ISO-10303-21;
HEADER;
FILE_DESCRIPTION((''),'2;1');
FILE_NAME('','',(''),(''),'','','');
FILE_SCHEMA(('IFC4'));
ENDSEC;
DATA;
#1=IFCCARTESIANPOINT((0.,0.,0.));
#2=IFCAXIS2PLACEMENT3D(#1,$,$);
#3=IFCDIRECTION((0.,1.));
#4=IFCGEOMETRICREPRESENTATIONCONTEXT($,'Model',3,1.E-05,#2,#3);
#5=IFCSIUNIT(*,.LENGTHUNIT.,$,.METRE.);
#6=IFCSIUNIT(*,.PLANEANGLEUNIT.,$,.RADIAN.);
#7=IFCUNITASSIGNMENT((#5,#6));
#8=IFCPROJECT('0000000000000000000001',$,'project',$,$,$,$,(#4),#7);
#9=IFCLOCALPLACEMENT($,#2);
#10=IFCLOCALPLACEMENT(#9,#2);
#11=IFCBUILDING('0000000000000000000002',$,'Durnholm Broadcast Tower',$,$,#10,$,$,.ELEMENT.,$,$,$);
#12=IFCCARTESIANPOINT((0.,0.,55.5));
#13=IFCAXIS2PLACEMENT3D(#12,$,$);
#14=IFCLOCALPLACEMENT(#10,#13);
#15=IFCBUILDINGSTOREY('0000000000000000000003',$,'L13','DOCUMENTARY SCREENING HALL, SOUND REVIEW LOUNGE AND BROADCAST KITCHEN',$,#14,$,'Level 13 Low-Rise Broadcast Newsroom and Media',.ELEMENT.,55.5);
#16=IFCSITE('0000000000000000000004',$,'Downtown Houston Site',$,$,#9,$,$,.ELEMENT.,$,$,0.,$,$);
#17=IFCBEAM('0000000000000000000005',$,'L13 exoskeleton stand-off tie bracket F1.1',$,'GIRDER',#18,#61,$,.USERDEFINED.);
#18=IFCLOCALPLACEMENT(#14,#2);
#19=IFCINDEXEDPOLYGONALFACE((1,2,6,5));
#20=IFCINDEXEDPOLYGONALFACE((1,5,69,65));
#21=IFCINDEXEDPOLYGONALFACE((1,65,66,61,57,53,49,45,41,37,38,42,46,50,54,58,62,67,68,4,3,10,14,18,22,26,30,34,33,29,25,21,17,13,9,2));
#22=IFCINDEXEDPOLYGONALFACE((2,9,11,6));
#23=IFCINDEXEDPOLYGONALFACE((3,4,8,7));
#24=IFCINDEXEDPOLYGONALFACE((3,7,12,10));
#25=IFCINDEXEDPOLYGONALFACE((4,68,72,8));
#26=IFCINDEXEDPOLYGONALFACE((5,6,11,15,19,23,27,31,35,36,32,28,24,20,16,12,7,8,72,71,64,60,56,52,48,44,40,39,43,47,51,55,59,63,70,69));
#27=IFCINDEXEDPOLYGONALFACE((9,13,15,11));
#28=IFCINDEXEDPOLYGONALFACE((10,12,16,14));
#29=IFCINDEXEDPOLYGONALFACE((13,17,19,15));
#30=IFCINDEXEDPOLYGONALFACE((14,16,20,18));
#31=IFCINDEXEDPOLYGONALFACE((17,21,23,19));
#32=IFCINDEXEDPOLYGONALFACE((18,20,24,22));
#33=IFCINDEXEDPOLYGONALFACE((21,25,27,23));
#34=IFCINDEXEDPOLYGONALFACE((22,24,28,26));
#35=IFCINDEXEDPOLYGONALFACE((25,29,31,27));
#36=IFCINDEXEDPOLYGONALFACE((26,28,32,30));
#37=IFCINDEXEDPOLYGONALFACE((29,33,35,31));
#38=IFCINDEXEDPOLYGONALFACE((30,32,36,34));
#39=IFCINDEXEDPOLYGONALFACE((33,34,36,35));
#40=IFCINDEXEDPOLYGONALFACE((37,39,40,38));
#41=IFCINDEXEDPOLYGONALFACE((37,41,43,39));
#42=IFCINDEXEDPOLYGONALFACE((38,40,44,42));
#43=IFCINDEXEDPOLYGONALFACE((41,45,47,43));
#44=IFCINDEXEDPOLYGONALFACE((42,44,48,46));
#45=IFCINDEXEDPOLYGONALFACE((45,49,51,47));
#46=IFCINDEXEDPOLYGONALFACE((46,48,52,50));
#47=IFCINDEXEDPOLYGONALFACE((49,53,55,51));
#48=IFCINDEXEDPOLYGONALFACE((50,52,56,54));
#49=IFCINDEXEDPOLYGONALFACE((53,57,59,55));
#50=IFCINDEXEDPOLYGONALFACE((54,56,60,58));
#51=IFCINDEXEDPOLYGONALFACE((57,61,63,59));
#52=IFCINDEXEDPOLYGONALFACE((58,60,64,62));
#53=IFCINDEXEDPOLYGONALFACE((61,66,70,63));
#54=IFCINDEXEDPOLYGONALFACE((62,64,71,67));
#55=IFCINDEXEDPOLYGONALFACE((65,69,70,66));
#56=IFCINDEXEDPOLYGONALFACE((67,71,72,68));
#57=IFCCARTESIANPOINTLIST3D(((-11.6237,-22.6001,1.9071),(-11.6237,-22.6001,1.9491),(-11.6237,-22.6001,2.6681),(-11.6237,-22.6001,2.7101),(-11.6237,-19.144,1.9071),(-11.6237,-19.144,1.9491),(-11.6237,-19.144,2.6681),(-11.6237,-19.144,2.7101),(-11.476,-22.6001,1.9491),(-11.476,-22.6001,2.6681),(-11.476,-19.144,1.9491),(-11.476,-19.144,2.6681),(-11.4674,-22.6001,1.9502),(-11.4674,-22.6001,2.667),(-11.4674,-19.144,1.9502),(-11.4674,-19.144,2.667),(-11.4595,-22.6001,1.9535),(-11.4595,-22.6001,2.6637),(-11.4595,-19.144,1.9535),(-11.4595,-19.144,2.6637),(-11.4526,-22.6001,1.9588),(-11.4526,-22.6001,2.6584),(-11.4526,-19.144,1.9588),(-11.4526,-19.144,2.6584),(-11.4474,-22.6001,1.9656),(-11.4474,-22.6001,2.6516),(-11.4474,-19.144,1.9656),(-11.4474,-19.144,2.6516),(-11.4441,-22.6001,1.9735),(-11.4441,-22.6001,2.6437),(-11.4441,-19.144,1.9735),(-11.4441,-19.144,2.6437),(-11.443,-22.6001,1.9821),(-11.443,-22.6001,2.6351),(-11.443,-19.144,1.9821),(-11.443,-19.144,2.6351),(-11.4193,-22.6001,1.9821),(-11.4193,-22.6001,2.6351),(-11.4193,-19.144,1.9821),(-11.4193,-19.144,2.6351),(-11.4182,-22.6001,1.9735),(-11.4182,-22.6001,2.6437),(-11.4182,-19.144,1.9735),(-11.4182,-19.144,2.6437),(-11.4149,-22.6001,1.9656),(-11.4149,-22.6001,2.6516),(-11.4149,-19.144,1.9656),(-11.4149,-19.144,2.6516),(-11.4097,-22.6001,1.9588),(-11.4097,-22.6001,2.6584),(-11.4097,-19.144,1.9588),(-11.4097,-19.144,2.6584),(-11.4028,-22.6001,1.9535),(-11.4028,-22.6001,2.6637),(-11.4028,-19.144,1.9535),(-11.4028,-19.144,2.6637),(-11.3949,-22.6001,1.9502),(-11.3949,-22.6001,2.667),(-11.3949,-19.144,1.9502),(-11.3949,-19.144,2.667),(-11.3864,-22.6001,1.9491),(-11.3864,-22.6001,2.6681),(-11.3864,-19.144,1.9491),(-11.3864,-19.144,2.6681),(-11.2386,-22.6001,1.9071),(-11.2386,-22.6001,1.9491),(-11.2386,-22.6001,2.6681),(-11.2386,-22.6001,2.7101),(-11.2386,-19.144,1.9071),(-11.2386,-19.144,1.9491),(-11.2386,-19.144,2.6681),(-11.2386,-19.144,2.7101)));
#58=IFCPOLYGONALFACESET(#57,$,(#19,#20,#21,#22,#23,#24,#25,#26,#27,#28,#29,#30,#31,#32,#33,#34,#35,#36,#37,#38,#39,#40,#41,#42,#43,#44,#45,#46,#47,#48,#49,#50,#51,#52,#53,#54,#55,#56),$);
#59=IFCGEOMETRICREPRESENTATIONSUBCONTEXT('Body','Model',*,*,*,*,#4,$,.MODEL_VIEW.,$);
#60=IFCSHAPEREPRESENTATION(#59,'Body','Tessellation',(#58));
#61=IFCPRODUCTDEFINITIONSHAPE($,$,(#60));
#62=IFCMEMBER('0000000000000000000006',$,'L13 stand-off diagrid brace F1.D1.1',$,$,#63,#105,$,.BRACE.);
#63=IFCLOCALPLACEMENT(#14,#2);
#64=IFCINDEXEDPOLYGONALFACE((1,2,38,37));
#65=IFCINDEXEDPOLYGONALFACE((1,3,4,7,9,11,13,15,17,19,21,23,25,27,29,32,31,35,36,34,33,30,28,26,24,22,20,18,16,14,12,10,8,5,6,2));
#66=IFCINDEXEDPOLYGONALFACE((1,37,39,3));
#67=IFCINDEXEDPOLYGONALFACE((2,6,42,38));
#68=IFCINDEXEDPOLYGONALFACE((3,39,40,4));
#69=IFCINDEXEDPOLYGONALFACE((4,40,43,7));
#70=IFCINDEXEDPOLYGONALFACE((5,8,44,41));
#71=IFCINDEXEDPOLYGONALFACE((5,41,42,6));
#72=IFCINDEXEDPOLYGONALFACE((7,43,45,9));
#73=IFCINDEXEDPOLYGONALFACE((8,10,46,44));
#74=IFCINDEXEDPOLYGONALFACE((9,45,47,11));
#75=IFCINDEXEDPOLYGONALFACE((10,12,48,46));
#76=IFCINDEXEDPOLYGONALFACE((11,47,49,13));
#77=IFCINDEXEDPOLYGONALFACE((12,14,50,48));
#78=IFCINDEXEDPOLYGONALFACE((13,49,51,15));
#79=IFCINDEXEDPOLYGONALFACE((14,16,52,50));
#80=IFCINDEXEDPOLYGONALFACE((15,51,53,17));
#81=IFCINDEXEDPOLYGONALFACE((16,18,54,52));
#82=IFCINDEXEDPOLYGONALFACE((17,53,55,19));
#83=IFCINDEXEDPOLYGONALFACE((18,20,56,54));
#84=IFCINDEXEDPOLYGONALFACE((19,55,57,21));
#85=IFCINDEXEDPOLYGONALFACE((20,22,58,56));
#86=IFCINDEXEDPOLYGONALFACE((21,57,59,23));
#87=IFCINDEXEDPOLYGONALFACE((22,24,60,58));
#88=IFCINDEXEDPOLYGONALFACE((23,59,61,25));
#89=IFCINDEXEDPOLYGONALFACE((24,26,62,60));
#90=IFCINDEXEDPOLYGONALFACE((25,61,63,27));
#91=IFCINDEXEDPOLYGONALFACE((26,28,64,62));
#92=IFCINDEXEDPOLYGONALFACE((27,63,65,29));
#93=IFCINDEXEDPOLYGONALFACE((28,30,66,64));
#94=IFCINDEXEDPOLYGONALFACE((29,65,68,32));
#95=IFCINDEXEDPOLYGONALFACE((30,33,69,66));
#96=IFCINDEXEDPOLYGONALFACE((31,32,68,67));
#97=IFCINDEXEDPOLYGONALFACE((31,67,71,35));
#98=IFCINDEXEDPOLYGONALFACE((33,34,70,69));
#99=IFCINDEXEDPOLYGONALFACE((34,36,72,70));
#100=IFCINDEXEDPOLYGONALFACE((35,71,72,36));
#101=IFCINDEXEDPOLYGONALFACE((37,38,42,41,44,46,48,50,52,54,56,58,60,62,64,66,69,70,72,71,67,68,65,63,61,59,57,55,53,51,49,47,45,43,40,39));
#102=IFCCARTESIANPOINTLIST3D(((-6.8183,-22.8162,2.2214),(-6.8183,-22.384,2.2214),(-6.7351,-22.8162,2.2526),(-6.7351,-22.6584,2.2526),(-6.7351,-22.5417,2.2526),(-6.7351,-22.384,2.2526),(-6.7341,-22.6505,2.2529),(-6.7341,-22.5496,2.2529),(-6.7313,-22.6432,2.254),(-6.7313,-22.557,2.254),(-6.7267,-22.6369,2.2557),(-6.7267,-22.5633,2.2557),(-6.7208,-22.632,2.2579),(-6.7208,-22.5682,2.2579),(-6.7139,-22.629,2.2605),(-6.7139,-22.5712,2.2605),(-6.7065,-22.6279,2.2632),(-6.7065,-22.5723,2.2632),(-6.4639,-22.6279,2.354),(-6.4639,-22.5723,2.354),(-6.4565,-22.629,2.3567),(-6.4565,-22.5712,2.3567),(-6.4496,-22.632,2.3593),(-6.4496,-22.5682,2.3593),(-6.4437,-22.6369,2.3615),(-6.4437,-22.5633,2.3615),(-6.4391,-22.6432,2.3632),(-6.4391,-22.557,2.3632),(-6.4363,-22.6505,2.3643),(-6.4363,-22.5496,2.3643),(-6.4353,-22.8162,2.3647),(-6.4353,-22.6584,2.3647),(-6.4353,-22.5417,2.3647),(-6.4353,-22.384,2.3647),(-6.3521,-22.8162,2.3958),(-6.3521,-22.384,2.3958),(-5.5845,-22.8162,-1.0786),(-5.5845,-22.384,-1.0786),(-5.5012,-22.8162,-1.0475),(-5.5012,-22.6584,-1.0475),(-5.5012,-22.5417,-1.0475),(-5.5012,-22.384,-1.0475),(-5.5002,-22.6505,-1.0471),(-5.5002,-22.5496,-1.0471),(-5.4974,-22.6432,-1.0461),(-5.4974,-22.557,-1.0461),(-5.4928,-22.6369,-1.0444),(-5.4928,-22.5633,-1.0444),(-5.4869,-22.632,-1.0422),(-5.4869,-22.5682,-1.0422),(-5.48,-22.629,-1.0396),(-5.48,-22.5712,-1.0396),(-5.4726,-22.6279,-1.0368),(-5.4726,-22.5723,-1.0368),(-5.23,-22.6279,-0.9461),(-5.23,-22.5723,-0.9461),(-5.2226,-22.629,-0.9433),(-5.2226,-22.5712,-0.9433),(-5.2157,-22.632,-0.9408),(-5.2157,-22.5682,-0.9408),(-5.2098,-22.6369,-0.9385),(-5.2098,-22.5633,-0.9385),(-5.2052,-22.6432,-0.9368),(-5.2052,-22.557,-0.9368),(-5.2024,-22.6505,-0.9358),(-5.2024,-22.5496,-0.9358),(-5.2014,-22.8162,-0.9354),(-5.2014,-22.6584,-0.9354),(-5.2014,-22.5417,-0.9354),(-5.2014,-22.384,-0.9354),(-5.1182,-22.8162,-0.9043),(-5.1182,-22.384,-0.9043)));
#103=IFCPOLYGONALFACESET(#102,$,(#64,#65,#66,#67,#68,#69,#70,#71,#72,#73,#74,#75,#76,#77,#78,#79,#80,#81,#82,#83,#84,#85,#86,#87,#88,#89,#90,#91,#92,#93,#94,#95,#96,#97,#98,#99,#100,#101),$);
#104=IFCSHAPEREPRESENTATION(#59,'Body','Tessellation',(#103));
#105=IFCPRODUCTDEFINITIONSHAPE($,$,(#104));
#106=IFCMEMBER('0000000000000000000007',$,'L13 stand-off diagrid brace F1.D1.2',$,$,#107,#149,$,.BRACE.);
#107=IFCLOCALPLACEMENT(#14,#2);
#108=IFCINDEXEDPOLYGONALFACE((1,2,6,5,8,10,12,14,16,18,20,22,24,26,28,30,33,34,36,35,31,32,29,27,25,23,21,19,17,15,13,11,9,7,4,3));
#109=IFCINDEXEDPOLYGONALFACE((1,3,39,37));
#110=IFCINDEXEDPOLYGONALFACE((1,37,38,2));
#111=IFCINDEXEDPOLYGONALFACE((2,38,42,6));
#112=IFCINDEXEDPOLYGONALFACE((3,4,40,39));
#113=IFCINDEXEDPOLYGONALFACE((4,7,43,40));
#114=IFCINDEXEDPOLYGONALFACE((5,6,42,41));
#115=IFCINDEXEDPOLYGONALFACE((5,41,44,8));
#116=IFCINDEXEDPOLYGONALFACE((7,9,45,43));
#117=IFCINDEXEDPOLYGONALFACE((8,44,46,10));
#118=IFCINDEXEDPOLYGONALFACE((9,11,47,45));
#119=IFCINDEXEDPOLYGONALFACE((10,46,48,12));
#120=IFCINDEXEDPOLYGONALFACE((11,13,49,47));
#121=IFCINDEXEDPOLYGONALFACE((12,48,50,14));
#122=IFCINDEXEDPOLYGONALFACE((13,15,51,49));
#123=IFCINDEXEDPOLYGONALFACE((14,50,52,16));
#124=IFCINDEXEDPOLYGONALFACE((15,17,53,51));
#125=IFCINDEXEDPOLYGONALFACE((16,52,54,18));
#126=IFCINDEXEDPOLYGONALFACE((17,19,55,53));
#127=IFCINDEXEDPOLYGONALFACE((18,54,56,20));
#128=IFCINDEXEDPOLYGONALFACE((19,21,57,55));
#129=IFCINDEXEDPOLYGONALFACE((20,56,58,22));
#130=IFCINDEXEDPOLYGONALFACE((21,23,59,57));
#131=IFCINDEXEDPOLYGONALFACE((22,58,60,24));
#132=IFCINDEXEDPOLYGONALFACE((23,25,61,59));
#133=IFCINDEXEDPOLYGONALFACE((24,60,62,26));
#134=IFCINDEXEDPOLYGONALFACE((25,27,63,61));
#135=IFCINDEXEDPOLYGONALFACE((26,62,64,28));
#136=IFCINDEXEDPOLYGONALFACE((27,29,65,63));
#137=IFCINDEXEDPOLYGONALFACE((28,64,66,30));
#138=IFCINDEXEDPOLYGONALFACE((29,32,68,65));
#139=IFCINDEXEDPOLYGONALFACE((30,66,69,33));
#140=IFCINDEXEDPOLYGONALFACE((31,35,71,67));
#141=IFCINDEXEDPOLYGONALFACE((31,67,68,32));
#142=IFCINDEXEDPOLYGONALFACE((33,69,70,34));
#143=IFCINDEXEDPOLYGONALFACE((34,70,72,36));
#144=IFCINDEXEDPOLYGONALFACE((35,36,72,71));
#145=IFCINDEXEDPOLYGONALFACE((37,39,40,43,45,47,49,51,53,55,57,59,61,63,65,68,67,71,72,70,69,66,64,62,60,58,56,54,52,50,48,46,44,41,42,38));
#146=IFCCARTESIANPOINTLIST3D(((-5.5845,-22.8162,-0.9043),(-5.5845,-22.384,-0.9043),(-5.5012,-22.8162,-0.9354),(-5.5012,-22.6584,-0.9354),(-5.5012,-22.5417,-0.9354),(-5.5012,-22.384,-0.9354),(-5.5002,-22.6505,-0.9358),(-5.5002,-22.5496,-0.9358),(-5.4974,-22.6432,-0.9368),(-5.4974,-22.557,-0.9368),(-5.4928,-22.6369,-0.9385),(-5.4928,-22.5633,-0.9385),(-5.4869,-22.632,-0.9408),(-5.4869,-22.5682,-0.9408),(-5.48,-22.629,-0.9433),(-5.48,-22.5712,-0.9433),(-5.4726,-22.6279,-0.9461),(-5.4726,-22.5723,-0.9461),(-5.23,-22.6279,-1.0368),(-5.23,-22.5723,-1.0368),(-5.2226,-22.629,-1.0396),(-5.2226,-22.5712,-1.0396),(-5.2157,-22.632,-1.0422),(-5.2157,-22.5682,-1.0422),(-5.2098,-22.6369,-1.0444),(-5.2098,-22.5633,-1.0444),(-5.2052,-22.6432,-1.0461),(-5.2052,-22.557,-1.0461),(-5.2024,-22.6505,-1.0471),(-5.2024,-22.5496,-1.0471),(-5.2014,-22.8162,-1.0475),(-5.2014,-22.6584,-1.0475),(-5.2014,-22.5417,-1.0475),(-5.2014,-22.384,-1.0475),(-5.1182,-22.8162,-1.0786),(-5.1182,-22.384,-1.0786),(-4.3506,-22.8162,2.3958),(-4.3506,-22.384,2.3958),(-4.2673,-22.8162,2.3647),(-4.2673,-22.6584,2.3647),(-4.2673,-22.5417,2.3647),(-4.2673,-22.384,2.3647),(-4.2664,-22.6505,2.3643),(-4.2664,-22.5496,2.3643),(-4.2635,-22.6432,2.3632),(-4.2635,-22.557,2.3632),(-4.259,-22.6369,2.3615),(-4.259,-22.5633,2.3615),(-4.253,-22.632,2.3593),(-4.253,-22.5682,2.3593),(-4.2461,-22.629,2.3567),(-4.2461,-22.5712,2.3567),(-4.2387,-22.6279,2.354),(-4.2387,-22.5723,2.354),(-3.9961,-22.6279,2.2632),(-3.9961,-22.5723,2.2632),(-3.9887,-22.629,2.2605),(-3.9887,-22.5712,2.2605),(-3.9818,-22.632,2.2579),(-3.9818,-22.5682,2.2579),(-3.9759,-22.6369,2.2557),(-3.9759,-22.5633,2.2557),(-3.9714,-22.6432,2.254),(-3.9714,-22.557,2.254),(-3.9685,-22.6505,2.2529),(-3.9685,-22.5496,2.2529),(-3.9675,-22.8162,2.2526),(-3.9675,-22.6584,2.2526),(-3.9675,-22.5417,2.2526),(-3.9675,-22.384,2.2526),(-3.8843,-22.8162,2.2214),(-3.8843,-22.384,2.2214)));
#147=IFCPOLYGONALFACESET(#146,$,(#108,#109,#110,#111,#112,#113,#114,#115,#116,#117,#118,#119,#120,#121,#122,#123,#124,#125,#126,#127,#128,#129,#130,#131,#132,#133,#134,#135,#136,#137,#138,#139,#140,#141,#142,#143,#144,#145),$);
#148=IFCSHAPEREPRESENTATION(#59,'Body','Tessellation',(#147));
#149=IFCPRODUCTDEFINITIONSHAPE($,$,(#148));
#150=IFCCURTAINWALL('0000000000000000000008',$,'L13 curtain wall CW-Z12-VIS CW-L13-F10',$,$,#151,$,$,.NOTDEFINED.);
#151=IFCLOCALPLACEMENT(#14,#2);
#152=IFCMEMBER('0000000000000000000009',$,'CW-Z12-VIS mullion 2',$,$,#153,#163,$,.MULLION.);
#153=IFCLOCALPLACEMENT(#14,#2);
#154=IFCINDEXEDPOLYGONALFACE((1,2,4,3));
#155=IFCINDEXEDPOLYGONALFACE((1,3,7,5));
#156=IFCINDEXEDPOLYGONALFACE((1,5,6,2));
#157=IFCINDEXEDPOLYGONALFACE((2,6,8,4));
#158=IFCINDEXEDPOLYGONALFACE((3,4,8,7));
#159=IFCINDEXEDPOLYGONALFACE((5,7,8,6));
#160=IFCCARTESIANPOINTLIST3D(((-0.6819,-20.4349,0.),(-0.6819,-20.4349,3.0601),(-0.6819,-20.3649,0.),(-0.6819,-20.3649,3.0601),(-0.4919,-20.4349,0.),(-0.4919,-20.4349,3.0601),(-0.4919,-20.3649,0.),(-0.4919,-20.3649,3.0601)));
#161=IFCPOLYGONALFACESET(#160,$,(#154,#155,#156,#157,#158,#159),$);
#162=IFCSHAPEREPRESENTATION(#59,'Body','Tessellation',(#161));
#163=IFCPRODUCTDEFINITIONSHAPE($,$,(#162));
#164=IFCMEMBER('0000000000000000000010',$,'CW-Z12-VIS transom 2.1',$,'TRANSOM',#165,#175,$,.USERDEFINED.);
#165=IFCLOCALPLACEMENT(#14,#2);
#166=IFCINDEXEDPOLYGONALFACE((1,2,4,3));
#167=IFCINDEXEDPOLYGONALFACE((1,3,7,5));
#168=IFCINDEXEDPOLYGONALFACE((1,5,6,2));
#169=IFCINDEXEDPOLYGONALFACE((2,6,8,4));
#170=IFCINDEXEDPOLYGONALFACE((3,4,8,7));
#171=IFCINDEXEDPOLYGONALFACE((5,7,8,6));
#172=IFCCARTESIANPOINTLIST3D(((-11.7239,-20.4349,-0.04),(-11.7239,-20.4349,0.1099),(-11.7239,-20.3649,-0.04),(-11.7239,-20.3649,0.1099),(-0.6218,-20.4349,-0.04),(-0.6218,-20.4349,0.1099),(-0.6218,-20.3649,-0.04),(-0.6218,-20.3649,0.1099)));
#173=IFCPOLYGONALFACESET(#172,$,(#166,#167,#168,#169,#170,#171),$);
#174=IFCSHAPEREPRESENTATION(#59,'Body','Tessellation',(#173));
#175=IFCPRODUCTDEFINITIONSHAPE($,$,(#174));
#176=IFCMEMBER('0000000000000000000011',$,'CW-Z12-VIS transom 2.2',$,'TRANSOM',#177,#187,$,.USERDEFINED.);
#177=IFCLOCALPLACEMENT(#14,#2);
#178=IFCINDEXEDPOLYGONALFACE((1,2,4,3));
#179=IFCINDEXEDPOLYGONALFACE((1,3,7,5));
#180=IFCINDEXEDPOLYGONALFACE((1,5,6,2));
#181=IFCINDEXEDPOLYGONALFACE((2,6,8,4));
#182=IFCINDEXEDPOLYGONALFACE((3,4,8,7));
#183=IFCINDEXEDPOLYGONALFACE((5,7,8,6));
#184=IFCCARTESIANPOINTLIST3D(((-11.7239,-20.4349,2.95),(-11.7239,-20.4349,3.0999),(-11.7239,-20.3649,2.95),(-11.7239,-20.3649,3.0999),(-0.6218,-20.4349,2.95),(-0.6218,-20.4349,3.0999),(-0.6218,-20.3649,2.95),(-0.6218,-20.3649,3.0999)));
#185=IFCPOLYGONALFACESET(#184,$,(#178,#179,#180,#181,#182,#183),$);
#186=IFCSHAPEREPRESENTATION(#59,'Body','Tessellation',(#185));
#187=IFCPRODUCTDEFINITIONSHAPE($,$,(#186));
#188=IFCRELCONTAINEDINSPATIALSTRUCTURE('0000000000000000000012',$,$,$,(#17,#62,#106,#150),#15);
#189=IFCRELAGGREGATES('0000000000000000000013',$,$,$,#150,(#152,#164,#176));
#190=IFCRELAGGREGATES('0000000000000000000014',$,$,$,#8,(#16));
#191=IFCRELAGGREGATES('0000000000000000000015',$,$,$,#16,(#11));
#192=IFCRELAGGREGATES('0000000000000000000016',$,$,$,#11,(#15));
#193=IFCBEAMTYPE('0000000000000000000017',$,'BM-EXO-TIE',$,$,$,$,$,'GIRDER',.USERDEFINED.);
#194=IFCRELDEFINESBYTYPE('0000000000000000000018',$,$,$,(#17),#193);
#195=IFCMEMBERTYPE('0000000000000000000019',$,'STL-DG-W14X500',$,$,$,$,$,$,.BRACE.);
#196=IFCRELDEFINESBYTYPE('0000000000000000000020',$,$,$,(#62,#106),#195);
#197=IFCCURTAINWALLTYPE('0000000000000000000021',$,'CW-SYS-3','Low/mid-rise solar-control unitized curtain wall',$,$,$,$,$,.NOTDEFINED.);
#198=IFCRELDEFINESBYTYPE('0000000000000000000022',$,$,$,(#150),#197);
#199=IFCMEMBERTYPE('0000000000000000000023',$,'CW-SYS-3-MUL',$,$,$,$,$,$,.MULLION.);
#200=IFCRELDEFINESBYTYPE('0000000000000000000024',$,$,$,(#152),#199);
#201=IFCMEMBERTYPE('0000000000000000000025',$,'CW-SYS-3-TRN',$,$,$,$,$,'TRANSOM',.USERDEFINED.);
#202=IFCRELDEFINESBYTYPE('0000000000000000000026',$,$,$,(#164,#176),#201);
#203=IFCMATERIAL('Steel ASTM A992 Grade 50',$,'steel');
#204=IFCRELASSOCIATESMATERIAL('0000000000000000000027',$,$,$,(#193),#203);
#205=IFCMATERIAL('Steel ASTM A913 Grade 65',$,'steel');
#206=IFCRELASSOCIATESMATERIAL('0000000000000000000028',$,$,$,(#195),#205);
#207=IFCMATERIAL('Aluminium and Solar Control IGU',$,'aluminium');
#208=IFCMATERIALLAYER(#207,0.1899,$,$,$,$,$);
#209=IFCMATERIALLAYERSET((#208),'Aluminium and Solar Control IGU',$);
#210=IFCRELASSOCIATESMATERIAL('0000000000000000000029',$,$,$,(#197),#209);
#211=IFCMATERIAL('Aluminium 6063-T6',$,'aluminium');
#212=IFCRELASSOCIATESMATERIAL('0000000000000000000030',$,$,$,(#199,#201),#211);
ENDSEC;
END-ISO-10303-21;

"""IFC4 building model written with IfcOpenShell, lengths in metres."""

from ifc_helpers import new_model, si_unit, direction, frame, origin, origin_2d, place, context, subcontext, project, spatial, rectangle, i_section, extrude, source, transform, mapped, material, layer, layer_set, material_profile, profile_set, type_object, type_shapes, element, aggregate, save


model = new_model("IFC4")

# Units and contexts
model_context = context("Model", 3, precision=1e-05, world=origin(), true_north=direction((0.0, 1.0)))
body_context = subcontext(model_context, "Body", "Model", "MODEL_VIEW")
ifc_project = project(units=[si_unit("LENGTHUNIT", "METRE"), si_unit("PLANEANGLEUNIT", "RADIAN")], contexts=[model_context])

# Site, building, storey
site_placement = place(None, origin())
site = spatial("IfcSite", under=ifc_project, at=site_placement, Name="Downtown Houston Site", CompositionType="ELEMENT", RefElevation=0.0)
building_placement = place(site_placement, origin())
building = spatial("IfcBuilding", under=site, at=building_placement, Name="Durnholm Broadcast Tower", CompositionType="ELEMENT")
storey_placement = place(building_placement, frame((0.0, 0.0, 55.5)))
storey = spatial("IfcBuildingStorey", under=building, at=storey_placement, Name="L13", Description="DOCUMENTARY SCREENING HALL, SOUND REVIEW LOUNGE AND BROADCAST KITCHEN", LongName="Level 13 Low-Rise Broadcast Newsroom and Media", CompositionType="ELEMENT", Elevation=55.5)

# Beam
ifc_material_1 = material(Name="Steel ASTM A992 Grade 50", Category="steel")
ifc_material_profile_1 = material_profile(ifc_material_1, i_section(OverallWidth=0.385, OverallDepth=0.803, WebThickness=0.0237, FlangeThickness=0.042, FilletRadius=0.033, at=origin_2d()), Name="W30X261")
ifc_profile_set_1 = profile_set([ifc_material_profile_1], Name="Steel ASTM A992 Grade 50")
beam_type_1 = type_object("IfcBeamType", Name="BM-EXO-TIE", ElementType="GIRDER", PredefinedType="USERDEFINED", material=ifc_profile_set_1)
shared_shape_1 = source(origin(), body_context, "Body", "SweptSolid", [
    extrude(i_section(OverallWidth=0.385, OverallDepth=0.803, WebThickness=0.0237, FlangeThickness=0.042, FilletRadius=0.033, at=origin_2d()), origin(), (0.0, 0.0, 1.0), 3.4561),
])
type_shapes(beam_type_1, [shared_shape_1])
beam_1_placement = place(storey_placement, frame((-11.4312, -19.144, 2.3086), z_axis=(0.0, -1.0, 0.0), x_axis=(1.0, 0.0, 0.0)))
element("IfcBeam", 1, at=beam_1_placement, inside=storey, type_object=beam_type_1, Name="L13 exoskeleton stand-off tie bracket F1.1", ObjectType="GIRDER", PredefinedType="USERDEFINED", context=body_context, shape_type="MappedRepresentation", body=[
    mapped(shared_shape_1, transform((0.0, 0.0, 0.0), x_axis=(1.0, 0.0, 0.0), y_axis=(0.0, 1.0, 0.0), z_axis=(0.0, 0.0, 1.0), scale=1.0)),
])

# Members
ifc_material_2 = material(Name="Steel ASTM A913 Grade 65", Category="steel")
ifc_material_profile_2 = material_profile(ifc_material_2, i_section(OverallWidth=0.4321, OverallDepth=0.4978, WebThickness=0.0557, FlangeThickness=0.0889, FilletRadius=0.0305, at=origin_2d()), Name="W14X500")
ifc_profile_set_2 = profile_set([ifc_material_profile_2], Name="Steel ASTM A913 Grade 65")
member_type_1 = type_object("IfcMemberType", Name="STL-DG-W14X500", PredefinedType="BRACE", material=ifc_profile_set_2)
shared_shape_2 = source(origin(), body_context, "Body", "SweptSolid", [
    extrude(i_section(OverallWidth=0.4321, OverallDepth=0.4978, WebThickness=0.0557, FlangeThickness=0.0889, FilletRadius=0.0305, at=origin_2d()), origin(), (0.0, 0.0, 1.0), 3.5232),
])
type_shapes(member_type_1, [shared_shape_2])
for number, where, z_axis, x_axis, name in (
    (2, (-5.3513, -22.6001, -0.9915), (-0.35022, 0.0, 0.936668), (0.0, -1.0, 0.0), "L13 stand-off diagrid brace F1.D1.1"),
    (3, (-5.3513, -22.6001, -0.9915), (0.35022, 0.0, 0.936668), (0.0, 1.0, 0.0), "L13 stand-off diagrid brace F1.D1.2"),
):
    element("IfcMember", number, at=place(storey_placement, frame(where, z_axis=z_axis, x_axis=x_axis)), inside=storey, type_object=member_type_1, Name=name, PredefinedType="BRACE", context=body_context, shape_type="MappedRepresentation", body=[
        mapped(shared_shape_2, transform((0.0, 0.0, 0.0), x_axis=(1.0, 0.0, 0.0), y_axis=(0.0, 1.0, 0.0), z_axis=(0.0, 0.0, 1.0), scale=1.0)),
    ])

# Curtain wall, members
ifc_material_3 = material(Name="Aluminium and Solar Control IGU", Category="aluminium")
ifc_layer_1 = layer(ifc_material_3, 0.1899)
ifc_layer_set_1 = layer_set([ifc_layer_1], Name="Aluminium and Solar Control IGU")
curtain_wall_type = type_object("IfcCurtainWallType", Name="CW-SYS-3", Description="Low/mid-rise solar-control unitized curtain wall", PredefinedType="NOTDEFINED", material=ifc_layer_set_1)
curtain_wall_placement = place(storey_placement, origin())
curtain_wall = element("IfcCurtainWall", 4, at=curtain_wall_placement, inside=storey, type_object=curtain_wall_type, Name="L13 curtain wall CW-Z12-VIS CW-L13-F10", PredefinedType="NOTDEFINED")
ifc_material_4 = material(Name="Aluminium 6063-T6", Category="aluminium")
ifc_material_profile_3 = material_profile(ifc_material_4, rectangle(XDim=0.0701, YDim=0.1899, at=origin_2d()), Name="CWM70X190")
ifc_profile_set_3 = profile_set([ifc_material_profile_3], Name="Aluminium 6063-T6")
member_type_2 = type_object("IfcMemberType", Name="CW-SYS-3-MUL", PredefinedType="MULLION", material=ifc_profile_set_3)
shared_shape_3 = source(origin(), body_context, "Body", "SweptSolid", [
    extrude(rectangle(XDim=0.0701, YDim=0.1899, at=origin_2d()), origin(), (0.0, 0.0, 1.0), 3.0601),
])
type_shapes(member_type_2, [shared_shape_3])
member_1_placement = place(storey_placement, frame((-0.5869, -20.3999, 0.0), z_axis=(0.0, 0.0, 1.0), x_axis=(0.0, -1.0, 0.0)))
member_1 = element("IfcMember", 5, at=member_1_placement, type_object=member_type_2, Name="CW-Z12-VIS mullion 2", PredefinedType="MULLION", context=body_context, shape_type="MappedRepresentation", body=[
    mapped(shared_shape_3, transform((0.0, 0.0, 0.0), x_axis=(1.0, 0.0, 0.0), y_axis=(0.0, 1.0, 0.0), z_axis=(0.0, 0.0, 1.0), scale=1.0)),
])
ifc_material_profile_4 = material_profile(ifc_material_4, rectangle(XDim=0.0701, YDim=0.1499, at=origin_2d()), Name="CWT70X150")
ifc_profile_set_4 = profile_set([ifc_material_profile_4], Name="Aluminium 6063-T6")
member_type_3 = type_object("IfcMemberType", Name="CW-SYS-3-TRN", ElementType="TRANSOM", PredefinedType="USERDEFINED", material=ifc_profile_set_4)
shared_shape_4 = source(origin(), body_context, "Body", "SweptSolid", [
    extrude(rectangle(XDim=0.0701, YDim=0.1499, at=origin_2d()), origin(), (0.0, 0.0, 1.0), 11.1021),
])
type_shapes(member_type_3, [shared_shape_4])
member_2_placement = place(storey_placement, frame((-0.6218, -20.3999, 0.0349), z_axis=(-1.0, 0.0, 0.0), x_axis=(0.0, -1.0, 0.0)))
member_2 = element("IfcMember", 6, at=member_2_placement, type_object=member_type_3, Name="CW-Z12-VIS transom 2.1", ObjectType="TRANSOM", PredefinedType="USERDEFINED", context=body_context, shape_type="MappedRepresentation", body=[
    mapped(shared_shape_4, transform((0.0, 0.0, 0.0), x_axis=(1.0, 0.0, 0.0), y_axis=(0.0, 1.0, 0.0), z_axis=(0.0, 0.0, 1.0), scale=1.0)),
])
member_3_placement = place(storey_placement, frame((-0.6218, -20.3999, 3.0249), z_axis=(-1.0, 0.0, 0.0), x_axis=(0.0, -1.0, 0.0)))
member_3 = element("IfcMember", 7, at=member_3_placement, type_object=member_type_3, Name="CW-Z12-VIS transom 2.2", ObjectType="TRANSOM", PredefinedType="USERDEFINED", context=body_context, shape_type="MappedRepresentation", body=[
    mapped(shared_shape_4, transform((0.0, 0.0, 0.0), x_axis=(1.0, 0.0, 0.0), y_axis=(0.0, 1.0, 0.0), z_axis=(0.0, 0.0, 1.0), scale=1.0)),
])
aggregate(curtain_wall, [member_1, member_2, member_3])

save(model, "model.ifc")
